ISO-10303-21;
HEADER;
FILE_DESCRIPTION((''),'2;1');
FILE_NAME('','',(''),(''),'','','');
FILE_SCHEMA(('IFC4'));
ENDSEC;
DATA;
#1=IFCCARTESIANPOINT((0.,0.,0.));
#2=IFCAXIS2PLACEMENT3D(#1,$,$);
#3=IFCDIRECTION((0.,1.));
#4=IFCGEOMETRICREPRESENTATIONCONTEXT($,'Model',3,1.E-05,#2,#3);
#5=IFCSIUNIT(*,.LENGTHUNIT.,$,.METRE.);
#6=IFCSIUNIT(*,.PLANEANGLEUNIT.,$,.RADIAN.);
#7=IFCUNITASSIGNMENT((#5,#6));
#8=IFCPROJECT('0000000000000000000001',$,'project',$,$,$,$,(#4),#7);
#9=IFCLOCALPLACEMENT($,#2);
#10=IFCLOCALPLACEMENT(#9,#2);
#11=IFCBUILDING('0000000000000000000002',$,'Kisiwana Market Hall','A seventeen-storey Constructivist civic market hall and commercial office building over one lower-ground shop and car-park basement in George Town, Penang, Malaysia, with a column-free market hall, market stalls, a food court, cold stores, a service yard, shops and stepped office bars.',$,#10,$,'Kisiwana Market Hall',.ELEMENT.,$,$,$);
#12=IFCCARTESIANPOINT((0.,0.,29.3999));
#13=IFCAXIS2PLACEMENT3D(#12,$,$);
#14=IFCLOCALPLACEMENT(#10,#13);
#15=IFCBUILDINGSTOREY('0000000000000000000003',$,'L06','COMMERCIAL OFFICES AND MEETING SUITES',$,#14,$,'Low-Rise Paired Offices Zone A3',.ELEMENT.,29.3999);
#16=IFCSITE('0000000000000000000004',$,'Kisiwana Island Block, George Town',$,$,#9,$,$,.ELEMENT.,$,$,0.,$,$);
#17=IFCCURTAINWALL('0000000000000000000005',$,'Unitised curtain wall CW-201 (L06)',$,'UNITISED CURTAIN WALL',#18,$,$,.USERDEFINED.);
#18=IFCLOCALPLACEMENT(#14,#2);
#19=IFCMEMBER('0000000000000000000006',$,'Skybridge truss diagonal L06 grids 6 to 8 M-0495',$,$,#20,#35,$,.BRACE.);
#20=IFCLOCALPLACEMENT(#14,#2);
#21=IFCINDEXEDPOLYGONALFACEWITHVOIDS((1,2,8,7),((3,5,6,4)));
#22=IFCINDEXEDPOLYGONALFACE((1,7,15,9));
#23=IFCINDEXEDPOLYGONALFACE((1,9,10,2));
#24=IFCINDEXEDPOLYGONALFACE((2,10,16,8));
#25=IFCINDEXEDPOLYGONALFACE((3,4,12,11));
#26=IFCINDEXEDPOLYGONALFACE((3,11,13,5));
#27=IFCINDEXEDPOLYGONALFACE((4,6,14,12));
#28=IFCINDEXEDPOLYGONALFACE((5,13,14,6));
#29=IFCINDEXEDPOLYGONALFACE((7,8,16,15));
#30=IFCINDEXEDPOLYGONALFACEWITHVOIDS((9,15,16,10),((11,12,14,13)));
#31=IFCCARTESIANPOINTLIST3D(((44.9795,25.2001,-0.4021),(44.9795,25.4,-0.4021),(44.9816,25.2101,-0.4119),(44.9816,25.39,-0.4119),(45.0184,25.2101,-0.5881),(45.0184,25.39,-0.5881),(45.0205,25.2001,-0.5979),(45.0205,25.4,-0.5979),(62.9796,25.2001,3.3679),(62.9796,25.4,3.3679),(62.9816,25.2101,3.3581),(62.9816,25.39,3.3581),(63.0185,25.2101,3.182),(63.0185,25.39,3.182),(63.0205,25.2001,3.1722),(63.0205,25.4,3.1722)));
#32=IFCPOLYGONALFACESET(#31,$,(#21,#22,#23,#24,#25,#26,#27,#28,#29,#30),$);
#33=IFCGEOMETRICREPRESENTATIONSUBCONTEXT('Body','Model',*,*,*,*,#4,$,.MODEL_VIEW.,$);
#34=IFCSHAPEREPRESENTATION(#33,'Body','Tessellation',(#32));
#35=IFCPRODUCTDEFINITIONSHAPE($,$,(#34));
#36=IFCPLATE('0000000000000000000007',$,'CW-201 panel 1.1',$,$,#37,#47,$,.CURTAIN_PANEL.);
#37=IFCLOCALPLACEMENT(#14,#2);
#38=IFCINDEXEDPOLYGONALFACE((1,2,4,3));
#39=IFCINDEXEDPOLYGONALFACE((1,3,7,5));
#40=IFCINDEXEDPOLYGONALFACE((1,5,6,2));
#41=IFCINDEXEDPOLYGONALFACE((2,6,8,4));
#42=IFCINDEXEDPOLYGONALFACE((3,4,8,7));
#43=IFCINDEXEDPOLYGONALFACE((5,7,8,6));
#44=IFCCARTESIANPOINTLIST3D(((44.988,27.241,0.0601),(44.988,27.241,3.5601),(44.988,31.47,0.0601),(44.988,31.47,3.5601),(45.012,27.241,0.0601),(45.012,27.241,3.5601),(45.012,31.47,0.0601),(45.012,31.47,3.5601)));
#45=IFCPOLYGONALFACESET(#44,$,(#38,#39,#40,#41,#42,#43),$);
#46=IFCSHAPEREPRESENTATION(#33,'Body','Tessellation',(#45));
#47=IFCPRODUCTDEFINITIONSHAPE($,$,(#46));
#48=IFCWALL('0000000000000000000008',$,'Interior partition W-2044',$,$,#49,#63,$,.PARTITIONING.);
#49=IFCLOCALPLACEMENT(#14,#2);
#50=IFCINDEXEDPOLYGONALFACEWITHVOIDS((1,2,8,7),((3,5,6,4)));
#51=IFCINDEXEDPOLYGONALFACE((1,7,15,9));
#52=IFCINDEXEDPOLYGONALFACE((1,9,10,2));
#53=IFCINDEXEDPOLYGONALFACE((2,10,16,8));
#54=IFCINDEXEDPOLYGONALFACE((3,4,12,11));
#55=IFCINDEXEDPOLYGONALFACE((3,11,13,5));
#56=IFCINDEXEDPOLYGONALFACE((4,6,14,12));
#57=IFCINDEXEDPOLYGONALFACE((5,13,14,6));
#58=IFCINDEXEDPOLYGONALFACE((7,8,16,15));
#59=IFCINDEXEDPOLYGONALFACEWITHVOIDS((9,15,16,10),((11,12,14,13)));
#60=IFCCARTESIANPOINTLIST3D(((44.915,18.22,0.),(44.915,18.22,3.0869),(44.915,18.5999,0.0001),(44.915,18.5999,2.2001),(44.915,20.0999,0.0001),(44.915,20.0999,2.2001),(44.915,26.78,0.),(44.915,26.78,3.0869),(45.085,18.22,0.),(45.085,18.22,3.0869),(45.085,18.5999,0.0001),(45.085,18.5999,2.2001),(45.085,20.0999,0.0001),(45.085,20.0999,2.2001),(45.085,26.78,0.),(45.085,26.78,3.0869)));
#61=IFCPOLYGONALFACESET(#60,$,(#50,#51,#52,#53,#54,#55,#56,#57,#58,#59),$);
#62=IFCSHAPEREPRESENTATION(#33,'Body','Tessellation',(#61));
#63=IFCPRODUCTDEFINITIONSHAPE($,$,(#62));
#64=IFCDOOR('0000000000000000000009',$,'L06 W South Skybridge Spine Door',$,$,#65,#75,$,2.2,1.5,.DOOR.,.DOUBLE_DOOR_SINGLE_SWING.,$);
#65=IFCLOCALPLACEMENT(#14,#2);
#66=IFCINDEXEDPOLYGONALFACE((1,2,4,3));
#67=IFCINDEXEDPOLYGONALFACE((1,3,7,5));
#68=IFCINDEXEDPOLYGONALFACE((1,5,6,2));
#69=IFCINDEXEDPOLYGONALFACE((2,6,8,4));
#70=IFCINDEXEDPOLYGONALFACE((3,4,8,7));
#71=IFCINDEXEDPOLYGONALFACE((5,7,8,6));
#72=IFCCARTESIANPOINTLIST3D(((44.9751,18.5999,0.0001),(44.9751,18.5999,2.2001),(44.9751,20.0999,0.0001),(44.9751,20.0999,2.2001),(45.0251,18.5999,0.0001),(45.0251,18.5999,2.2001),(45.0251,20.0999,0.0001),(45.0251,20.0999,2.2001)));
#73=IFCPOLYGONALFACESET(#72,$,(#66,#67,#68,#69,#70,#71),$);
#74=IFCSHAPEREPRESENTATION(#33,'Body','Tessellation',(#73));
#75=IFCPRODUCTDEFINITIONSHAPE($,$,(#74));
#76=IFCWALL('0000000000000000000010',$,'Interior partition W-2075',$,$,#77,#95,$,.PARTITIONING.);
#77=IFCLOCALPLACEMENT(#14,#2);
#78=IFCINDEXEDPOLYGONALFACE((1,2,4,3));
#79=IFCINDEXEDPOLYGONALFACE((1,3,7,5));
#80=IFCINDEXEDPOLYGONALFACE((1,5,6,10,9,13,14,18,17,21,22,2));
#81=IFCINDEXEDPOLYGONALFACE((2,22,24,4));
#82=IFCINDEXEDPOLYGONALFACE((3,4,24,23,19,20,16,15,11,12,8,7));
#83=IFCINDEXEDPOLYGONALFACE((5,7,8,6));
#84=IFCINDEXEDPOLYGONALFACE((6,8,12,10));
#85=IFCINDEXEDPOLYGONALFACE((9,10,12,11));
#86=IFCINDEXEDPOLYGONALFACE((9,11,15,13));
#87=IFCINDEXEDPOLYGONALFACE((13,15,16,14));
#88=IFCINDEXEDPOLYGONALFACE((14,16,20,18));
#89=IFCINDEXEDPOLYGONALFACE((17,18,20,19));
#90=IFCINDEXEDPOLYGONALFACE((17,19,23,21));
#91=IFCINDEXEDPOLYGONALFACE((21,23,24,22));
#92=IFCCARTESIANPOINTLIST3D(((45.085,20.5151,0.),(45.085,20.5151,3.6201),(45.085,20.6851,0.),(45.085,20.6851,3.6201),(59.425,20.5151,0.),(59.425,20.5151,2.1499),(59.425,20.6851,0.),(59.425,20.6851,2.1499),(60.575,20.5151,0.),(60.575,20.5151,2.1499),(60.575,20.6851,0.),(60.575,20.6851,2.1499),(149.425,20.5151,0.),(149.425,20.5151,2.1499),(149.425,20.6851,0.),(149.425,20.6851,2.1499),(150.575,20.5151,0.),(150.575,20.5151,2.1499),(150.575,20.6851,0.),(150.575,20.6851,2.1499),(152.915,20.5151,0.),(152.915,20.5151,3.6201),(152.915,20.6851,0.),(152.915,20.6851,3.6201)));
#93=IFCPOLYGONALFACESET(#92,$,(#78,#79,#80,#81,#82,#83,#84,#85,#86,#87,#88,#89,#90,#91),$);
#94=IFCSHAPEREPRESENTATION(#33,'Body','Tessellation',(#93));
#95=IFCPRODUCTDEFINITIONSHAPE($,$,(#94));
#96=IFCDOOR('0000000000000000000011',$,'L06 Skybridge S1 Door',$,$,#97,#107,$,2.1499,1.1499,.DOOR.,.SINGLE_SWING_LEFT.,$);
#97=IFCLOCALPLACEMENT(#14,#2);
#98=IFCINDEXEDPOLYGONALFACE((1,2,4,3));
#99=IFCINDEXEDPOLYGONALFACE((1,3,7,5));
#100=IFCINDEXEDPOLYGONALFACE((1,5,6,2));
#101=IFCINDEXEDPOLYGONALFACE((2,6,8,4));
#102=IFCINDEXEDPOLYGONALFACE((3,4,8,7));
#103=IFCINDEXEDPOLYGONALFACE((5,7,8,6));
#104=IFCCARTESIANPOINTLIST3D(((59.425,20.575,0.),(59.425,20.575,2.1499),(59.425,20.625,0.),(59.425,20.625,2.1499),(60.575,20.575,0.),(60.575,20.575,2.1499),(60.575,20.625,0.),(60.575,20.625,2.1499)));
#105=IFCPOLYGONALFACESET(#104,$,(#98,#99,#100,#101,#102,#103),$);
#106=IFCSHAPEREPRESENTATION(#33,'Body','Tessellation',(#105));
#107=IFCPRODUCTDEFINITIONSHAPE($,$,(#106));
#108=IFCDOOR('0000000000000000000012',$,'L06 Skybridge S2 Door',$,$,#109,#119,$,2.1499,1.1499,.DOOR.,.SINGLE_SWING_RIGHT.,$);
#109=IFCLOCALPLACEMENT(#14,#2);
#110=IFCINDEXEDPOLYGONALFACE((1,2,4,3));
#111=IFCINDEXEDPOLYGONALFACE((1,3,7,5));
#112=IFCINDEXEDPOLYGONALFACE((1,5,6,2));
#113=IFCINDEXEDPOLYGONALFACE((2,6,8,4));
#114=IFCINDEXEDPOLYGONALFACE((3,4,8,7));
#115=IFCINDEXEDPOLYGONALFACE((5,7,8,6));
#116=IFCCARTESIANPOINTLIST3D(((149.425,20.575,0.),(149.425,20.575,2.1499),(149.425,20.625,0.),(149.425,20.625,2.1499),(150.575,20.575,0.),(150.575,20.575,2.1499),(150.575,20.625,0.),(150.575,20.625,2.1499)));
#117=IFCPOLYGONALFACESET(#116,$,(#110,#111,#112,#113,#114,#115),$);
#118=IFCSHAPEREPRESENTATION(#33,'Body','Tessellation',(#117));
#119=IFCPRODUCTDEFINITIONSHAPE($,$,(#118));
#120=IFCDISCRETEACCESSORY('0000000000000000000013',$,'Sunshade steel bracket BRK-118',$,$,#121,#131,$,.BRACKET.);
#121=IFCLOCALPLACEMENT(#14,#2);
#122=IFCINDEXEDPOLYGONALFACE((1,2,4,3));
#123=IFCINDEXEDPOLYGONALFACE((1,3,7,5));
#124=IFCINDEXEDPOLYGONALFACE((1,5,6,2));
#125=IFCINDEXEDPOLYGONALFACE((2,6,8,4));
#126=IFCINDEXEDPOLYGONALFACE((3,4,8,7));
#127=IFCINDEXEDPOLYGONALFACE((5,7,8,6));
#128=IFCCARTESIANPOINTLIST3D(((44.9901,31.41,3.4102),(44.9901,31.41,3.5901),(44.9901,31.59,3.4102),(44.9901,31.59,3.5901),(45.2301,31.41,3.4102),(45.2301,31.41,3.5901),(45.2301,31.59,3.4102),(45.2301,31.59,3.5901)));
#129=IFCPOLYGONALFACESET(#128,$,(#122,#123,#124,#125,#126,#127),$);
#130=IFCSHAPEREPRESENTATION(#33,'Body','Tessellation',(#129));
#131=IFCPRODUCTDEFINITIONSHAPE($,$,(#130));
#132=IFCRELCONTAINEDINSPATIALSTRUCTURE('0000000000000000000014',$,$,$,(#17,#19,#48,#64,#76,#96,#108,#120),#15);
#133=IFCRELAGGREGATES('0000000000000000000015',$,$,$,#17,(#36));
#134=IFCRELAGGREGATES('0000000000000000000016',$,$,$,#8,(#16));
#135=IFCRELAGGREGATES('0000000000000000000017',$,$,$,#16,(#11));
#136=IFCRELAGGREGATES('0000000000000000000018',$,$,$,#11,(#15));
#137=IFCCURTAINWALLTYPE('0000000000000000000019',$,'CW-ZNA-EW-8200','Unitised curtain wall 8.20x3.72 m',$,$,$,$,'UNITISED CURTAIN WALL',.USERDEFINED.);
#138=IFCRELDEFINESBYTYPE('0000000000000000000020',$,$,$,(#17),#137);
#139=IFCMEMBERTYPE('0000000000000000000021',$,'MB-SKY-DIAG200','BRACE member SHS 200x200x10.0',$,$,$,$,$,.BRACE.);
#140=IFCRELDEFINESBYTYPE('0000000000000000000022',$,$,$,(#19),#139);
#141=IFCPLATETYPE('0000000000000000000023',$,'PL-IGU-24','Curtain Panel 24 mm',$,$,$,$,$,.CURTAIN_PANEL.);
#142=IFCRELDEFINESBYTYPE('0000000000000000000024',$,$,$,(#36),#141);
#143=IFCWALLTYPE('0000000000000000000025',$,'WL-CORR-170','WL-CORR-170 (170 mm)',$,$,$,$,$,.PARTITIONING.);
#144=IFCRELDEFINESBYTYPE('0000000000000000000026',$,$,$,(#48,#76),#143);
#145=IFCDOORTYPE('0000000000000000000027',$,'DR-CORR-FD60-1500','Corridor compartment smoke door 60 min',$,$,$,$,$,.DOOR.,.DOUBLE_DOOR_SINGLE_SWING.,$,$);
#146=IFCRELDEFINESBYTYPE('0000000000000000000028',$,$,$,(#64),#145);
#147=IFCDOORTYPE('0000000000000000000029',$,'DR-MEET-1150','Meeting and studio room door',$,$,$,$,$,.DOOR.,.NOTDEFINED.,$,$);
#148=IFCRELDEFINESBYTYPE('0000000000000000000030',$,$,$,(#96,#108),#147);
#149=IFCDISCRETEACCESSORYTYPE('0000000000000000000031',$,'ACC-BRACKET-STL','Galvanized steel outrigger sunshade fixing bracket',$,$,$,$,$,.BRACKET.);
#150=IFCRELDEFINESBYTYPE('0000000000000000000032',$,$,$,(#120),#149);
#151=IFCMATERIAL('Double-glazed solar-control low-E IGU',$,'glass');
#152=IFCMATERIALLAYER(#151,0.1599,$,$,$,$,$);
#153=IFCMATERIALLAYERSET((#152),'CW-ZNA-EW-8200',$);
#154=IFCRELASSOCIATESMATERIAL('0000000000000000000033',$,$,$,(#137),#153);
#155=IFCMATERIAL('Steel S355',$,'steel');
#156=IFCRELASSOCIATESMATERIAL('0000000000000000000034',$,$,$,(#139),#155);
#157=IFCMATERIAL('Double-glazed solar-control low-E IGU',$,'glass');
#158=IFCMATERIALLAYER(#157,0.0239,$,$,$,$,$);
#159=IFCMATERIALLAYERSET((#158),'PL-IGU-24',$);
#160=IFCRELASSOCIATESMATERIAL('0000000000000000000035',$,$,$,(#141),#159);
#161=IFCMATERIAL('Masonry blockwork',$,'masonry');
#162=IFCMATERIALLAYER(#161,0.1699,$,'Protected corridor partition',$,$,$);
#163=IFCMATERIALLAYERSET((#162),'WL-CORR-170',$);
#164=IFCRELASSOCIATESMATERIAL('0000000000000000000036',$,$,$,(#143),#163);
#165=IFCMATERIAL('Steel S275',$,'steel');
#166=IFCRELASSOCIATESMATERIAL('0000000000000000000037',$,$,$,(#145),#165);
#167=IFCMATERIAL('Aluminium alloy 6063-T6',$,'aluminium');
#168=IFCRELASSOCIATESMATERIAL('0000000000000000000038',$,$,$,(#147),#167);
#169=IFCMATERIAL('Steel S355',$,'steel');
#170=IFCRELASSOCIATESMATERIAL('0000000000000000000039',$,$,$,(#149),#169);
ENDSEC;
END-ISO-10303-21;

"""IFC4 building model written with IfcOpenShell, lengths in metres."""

from ifc_helpers import new_model, si_unit, direction, frame, frame_2d, origin, origin_2d, place, context, subcontext, project, spatial, rectangle, hollow_rectangle, extrude, material, layer, layer_set, material_profile, profile_set, type_object, element, fill, aggregate, save


model = new_model("IFC4")

# Units and contexts
model_context = context("Model", 3, precision=1e-05, world=origin(), true_north=direction((0.0, 1.0)))
body_context = subcontext(model_context, "Body", "Model", "MODEL_VIEW")
ifc_project = project(units=[si_unit("LENGTHUNIT", "METRE"), si_unit("PLANEANGLEUNIT", "RADIAN")], contexts=[model_context])

# Site, building, storey
site_placement = place(None, origin())
site = spatial("IfcSite", under=ifc_project, at=site_placement, Name="Kisiwana Island Block, George Town", CompositionType="ELEMENT", RefElevation=0.0)
building_placement = place(site_placement, origin())
building = spatial("IfcBuilding", under=site, at=building_placement, Name="Kisiwana Market Hall", Description="A seventeen-storey Constructivist civic market hall and commercial office building over one lower-ground shop and car-park basement in George Town, Penang, Malaysia, with a column-free market hall, market stalls, a food court, cold stores, a service yard, shops and stepped office bars.", LongName="Kisiwana Market Hall", CompositionType="ELEMENT")
storey_placement = place(building_placement, frame((0.0, 0.0, 29.3999)))
storey = spatial("IfcBuildingStorey", under=building, at=storey_placement, Name="L06", Description="COMMERCIAL OFFICES AND MEETING SUITES", LongName="Low-Rise Paired Offices Zone A3", CompositionType="ELEMENT", Elevation=29.3999)

# Shared definitions
ifc_material_1 = material(Name="Double-glazed solar-control low-E IGU", Category="glass")
ifc_layer_1 = layer(ifc_material_1, 0.1599)
ifc_layer_set_1 = layer_set([ifc_layer_1], Name="CW-ZNA-EW-8200")
curtain_wall_type = type_object("IfcCurtainWallType", Name="CW-ZNA-EW-8200", Description="Unitised curtain wall 8.20x3.72 m", ElementType="UNITISED CURTAIN WALL", PredefinedType="USERDEFINED", material=ifc_layer_set_1)

# Curtain wall
curtain_wall_1_placement = place(storey_placement, origin())
curtain_wall_1 = element("IfcCurtainWall", 1, at=curtain_wall_1_placement, inside=storey, type_object=curtain_wall_type, Name="Unitised curtain wall CW-201 (L06)", ObjectType="UNITISED CURTAIN WALL", PredefinedType="USERDEFINED")

# Member
ifc_material_2 = material(Name="Steel S355", Category="steel")
ifc_material_profile_1 = material_profile(ifc_material_2, hollow_rectangle(XDim=0.2, YDim=0.2, WallThickness=0.01, at=origin_2d()), Name="SHS 200x200x10.0")
ifc_profile_set_1 = profile_set([ifc_material_profile_1], Name="Steel S355")
member_type_1 = type_object("IfcMemberType", Name="MB-SKY-DIAG200", Description="BRACE member SHS 200x200x10.0", PredefinedType="BRACE", material=ifc_profile_set_1)
for number, where, z_axis, x_axis, name in (
    (2, (45.0, 25.3, -0.5), (0.978763, 0.0, 0.204997), (0.0, 1.0, 0.0), "Skybridge truss diagonal L06 grids 6 to 8 M-0495"),
):
    element("IfcMember", number, at=place(storey_placement, frame(where, z_axis=z_axis, x_axis=x_axis)), inside=storey, type_object=member_type_1, Name=name, PredefinedType="BRACE", context=body_context, shape_type="SweptSolid", body=[
        extrude(hollow_rectangle(XDim=0.2, YDim=0.2, WallThickness=0.01, at=origin_2d()), origin(), (0.0, 0.0, 1.0), 18.3906),
    ])

# Plate
ifc_material_3 = material(Name="Double-glazed solar-control low-E IGU", Category="glass")
ifc_layer_2 = layer(ifc_material_3, 0.0239)
ifc_layer_set_2 = layer_set([ifc_layer_2], Name="PL-IGU-24")
plate_type = type_object("IfcPlateType", Name="PL-IGU-24", Description="Curtain Panel 24 mm", PredefinedType="CURTAIN_PANEL", material=ifc_layer_set_2)
plate_placement = place(storey_placement, frame((45.0, 29.3555, 0.0601), z_axis=(0.0, 0.0, 1.0), x_axis=(0.0, 1.0, 0.0)))
plate = element("IfcPlate", 3, at=plate_placement, type_object=plate_type, Name="CW-201 panel 1.1", PredefinedType="CURTAIN_PANEL", context=body_context, shape_type="SweptSolid", body=[
    extrude(rectangle(XDim=4.229, YDim=0.0239, at=origin_2d()), origin(), (0.0, 0.0, 1.0), 3.5),
])
aggregate(curtain_wall_1, [plate])

# Wall, opening, door
ifc_material_4 = material(Name="Masonry blockwork", Category="masonry")
ifc_layer_3 = layer(ifc_material_4, 0.1699, Name="Protected corridor partition")
ifc_layer_set_3 = layer_set([ifc_layer_3], Name="WL-CORR-170")
wall_type = type_object("IfcWallType", Name="WL-CORR-170", Description="WL-CORR-170 (170 mm)", PredefinedType="PARTITIONING", material=ifc_layer_set_3)
wall_1_placement = place(storey_placement, frame((45.0, 18.22, 0.0), z_axis=(0.0, 0.0, 1.0), x_axis=(0.0, 1.0, 0.0)))
wall_1 = element("IfcWall", 4, at=wall_1_placement, inside=storey, type_object=wall_type, Name="Interior partition W-2044", PredefinedType="PARTITIONING", context=body_context, shape_type="SweptSolid", body=[
    extrude(rectangle(XDim=8.5601, YDim=0.1699, at=frame_2d((4.28, 0.0))), origin(), (0.0, 0.0, 1.0), 3.0869),
])
opening_1_placement = place(wall_1_placement, frame((0.3799, 0.0, 0.0)))
opening_1 = element("IfcOpeningElement", 5, at=opening_1_placement, cuts=wall_1, PredefinedType="OPENING", context=body_context, shape_type="SweptSolid", body=[
    extrude(rectangle(XDim=1.5, YDim=2.2, at=frame_2d((0.75, 1.1001))), frame((0.0, 0.0969, 0.0), z_axis=(0.0, -1.0, 0.0), x_axis=(1.0, 0.0, 0.0)), (0.0, 0.0, 1.0), 0.1938),
])
ifc_material_5 = material(Name="Steel S275", Category="steel")
door_type_1 = type_object("IfcDoorType", Name="DR-CORR-FD60-1500", Description="Corridor compartment smoke door 60 min", OperationType="DOUBLE_DOOR_SINGLE_SWING", PredefinedType="DOOR", material=ifc_material_5)
door_1_placement = place(opening_1_placement, origin())
door_1 = element("IfcDoor", 6, at=door_1_placement, inside=storey, type_object=door_type_1, Name="L06 W South Skybridge Spine Door", OperationType="DOUBLE_DOOR_SINGLE_SWING", OverallHeight=2.2, OverallWidth=1.5, PredefinedType="DOOR", context=body_context, shape_type="SweptSolid", body=[
    extrude(rectangle(XDim=1.5, YDim=2.2, at=frame_2d((0.75, 1.1001))), frame((0.0, 0.0249, 0.0), z_axis=(0.0, -1.0, 0.0), x_axis=(1.0, 0.0, 0.0)), (0.0, 0.0, 1.0), 0.05),
])
fill(opening_1, door_1)

# Wall, openings, doors
wall_2_placement = place(storey_placement, frame((45.085, 20.6001, 0.0), z_axis=(0.0, 0.0, 1.0), x_axis=(1.0, 0.0, 0.0)))
wall_2 = element("IfcWall", 7, at=wall_2_placement, inside=storey, type_object=wall_type, Name="Interior partition W-2075", PredefinedType="PARTITIONING", context=body_context, shape_type="SweptSolid", body=[
    extrude(rectangle(XDim=107.8301, YDim=0.1699, at=frame_2d((53.915, 0.0))), origin(), (0.0, 0.0, 1.0), 3.6201),
])
opening_2_placement = place(wall_2_placement, frame((14.3401, 0.0, 0.0)))
opening_2 = element("IfcOpeningElement", 8, at=opening_2_placement, cuts=wall_2, PredefinedType="OPENING", context=body_context, shape_type="SweptSolid", body=[
    extrude(rectangle(XDim=1.1499, YDim=2.1499, at=frame_2d((0.575, 1.075))), frame((0.0, 0.0969, 0.0), z_axis=(0.0, -1.0, 0.0), x_axis=(1.0, 0.0, 0.0)), (0.0, 0.0, 1.0), 0.1938),
])
opening_3_placement = place(wall_2_placement, frame((104.3401, 0.0, 0.0)))
opening_3 = element("IfcOpeningElement", 9, at=opening_3_placement, cuts=wall_2, PredefinedType="OPENING", context=body_context, shape_type="SweptSolid", body=[
    extrude(rectangle(XDim=1.1499, YDim=2.1499, at=frame_2d((0.575, 1.075))), frame((0.0, 0.0969, 0.0), z_axis=(0.0, -1.0, 0.0), x_axis=(1.0, 0.0, 0.0)), (0.0, 0.0, 1.0), 0.1938),
])
ifc_material_6 = material(Name="Aluminium alloy 6063-T6", Category="aluminium")
door_type_2 = type_object("IfcDoorType", Name="DR-MEET-1150", Description="Meeting and studio room door", OperationType="NOTDEFINED", PredefinedType="DOOR", material=ifc_material_6)
door_2_placement = place(opening_2_placement, origin())
door_2 = element("IfcDoor", 10, at=door_2_placement, inside=storey, type_object=door_type_2, Name="L06 Skybridge S1 Door", OperationType="SINGLE_SWING_LEFT", OverallHeight=2.1499, OverallWidth=1.1499, PredefinedType="DOOR", context=body_context, shape_type="SweptSolid", body=[
    extrude(rectangle(XDim=1.1499, YDim=2.1499, at=frame_2d((0.575, 1.075))), frame((0.0, 0.0249, 0.0), z_axis=(0.0, -1.0, 0.0), x_axis=(1.0, 0.0, 0.0)), (0.0, 0.0, 1.0), 0.05),
])
fill(opening_2, door_2)
door_3_placement = place(opening_3_placement, origin())
door_3 = element("IfcDoor", 11, at=door_3_placement, inside=storey, type_object=door_type_2, Name="L06 Skybridge S2 Door", OperationType="SINGLE_SWING_RIGHT", OverallHeight=2.1499, OverallWidth=1.1499, PredefinedType="DOOR", context=body_context, shape_type="SweptSolid", body=[
    extrude(rectangle(XDim=1.1499, YDim=2.1499, at=frame_2d((0.575, 1.075))), frame((0.0, 0.0249, 0.0), z_axis=(0.0, -1.0, 0.0), x_axis=(1.0, 0.0, 0.0)), (0.0, 0.0, 1.0), 0.05),
])
fill(opening_3, door_3)

# Discrete accessory
ifc_material_7 = material(Name="Steel S355", Category="steel")
discrete_accessory_type = type_object("IfcDiscreteAccessoryType", Name="ACC-BRACKET-STL", Description="Galvanized steel outrigger sunshade fixing bracket", PredefinedType="BRACKET", material=ifc_material_7)
discrete_accessory_placement = place(storey_placement, frame((45.1101, 31.5, 3.4102), z_axis=(0.0, 0.0, 1.0), x_axis=(0.0, 1.0, 0.0)))
element("IfcDiscreteAccessory", 12, at=discrete_accessory_placement, inside=storey, type_object=discrete_accessory_type, Name="Sunshade steel bracket BRK-118", PredefinedType="BRACKET", context=body_context, shape_type="SweptSolid", body=[
    extrude(rectangle(XDim=0.1799, YDim=0.24, at=origin_2d()), origin(), (0.0, 0.0, 1.0), 0.1799),
])

save(model, "model.ifc")
